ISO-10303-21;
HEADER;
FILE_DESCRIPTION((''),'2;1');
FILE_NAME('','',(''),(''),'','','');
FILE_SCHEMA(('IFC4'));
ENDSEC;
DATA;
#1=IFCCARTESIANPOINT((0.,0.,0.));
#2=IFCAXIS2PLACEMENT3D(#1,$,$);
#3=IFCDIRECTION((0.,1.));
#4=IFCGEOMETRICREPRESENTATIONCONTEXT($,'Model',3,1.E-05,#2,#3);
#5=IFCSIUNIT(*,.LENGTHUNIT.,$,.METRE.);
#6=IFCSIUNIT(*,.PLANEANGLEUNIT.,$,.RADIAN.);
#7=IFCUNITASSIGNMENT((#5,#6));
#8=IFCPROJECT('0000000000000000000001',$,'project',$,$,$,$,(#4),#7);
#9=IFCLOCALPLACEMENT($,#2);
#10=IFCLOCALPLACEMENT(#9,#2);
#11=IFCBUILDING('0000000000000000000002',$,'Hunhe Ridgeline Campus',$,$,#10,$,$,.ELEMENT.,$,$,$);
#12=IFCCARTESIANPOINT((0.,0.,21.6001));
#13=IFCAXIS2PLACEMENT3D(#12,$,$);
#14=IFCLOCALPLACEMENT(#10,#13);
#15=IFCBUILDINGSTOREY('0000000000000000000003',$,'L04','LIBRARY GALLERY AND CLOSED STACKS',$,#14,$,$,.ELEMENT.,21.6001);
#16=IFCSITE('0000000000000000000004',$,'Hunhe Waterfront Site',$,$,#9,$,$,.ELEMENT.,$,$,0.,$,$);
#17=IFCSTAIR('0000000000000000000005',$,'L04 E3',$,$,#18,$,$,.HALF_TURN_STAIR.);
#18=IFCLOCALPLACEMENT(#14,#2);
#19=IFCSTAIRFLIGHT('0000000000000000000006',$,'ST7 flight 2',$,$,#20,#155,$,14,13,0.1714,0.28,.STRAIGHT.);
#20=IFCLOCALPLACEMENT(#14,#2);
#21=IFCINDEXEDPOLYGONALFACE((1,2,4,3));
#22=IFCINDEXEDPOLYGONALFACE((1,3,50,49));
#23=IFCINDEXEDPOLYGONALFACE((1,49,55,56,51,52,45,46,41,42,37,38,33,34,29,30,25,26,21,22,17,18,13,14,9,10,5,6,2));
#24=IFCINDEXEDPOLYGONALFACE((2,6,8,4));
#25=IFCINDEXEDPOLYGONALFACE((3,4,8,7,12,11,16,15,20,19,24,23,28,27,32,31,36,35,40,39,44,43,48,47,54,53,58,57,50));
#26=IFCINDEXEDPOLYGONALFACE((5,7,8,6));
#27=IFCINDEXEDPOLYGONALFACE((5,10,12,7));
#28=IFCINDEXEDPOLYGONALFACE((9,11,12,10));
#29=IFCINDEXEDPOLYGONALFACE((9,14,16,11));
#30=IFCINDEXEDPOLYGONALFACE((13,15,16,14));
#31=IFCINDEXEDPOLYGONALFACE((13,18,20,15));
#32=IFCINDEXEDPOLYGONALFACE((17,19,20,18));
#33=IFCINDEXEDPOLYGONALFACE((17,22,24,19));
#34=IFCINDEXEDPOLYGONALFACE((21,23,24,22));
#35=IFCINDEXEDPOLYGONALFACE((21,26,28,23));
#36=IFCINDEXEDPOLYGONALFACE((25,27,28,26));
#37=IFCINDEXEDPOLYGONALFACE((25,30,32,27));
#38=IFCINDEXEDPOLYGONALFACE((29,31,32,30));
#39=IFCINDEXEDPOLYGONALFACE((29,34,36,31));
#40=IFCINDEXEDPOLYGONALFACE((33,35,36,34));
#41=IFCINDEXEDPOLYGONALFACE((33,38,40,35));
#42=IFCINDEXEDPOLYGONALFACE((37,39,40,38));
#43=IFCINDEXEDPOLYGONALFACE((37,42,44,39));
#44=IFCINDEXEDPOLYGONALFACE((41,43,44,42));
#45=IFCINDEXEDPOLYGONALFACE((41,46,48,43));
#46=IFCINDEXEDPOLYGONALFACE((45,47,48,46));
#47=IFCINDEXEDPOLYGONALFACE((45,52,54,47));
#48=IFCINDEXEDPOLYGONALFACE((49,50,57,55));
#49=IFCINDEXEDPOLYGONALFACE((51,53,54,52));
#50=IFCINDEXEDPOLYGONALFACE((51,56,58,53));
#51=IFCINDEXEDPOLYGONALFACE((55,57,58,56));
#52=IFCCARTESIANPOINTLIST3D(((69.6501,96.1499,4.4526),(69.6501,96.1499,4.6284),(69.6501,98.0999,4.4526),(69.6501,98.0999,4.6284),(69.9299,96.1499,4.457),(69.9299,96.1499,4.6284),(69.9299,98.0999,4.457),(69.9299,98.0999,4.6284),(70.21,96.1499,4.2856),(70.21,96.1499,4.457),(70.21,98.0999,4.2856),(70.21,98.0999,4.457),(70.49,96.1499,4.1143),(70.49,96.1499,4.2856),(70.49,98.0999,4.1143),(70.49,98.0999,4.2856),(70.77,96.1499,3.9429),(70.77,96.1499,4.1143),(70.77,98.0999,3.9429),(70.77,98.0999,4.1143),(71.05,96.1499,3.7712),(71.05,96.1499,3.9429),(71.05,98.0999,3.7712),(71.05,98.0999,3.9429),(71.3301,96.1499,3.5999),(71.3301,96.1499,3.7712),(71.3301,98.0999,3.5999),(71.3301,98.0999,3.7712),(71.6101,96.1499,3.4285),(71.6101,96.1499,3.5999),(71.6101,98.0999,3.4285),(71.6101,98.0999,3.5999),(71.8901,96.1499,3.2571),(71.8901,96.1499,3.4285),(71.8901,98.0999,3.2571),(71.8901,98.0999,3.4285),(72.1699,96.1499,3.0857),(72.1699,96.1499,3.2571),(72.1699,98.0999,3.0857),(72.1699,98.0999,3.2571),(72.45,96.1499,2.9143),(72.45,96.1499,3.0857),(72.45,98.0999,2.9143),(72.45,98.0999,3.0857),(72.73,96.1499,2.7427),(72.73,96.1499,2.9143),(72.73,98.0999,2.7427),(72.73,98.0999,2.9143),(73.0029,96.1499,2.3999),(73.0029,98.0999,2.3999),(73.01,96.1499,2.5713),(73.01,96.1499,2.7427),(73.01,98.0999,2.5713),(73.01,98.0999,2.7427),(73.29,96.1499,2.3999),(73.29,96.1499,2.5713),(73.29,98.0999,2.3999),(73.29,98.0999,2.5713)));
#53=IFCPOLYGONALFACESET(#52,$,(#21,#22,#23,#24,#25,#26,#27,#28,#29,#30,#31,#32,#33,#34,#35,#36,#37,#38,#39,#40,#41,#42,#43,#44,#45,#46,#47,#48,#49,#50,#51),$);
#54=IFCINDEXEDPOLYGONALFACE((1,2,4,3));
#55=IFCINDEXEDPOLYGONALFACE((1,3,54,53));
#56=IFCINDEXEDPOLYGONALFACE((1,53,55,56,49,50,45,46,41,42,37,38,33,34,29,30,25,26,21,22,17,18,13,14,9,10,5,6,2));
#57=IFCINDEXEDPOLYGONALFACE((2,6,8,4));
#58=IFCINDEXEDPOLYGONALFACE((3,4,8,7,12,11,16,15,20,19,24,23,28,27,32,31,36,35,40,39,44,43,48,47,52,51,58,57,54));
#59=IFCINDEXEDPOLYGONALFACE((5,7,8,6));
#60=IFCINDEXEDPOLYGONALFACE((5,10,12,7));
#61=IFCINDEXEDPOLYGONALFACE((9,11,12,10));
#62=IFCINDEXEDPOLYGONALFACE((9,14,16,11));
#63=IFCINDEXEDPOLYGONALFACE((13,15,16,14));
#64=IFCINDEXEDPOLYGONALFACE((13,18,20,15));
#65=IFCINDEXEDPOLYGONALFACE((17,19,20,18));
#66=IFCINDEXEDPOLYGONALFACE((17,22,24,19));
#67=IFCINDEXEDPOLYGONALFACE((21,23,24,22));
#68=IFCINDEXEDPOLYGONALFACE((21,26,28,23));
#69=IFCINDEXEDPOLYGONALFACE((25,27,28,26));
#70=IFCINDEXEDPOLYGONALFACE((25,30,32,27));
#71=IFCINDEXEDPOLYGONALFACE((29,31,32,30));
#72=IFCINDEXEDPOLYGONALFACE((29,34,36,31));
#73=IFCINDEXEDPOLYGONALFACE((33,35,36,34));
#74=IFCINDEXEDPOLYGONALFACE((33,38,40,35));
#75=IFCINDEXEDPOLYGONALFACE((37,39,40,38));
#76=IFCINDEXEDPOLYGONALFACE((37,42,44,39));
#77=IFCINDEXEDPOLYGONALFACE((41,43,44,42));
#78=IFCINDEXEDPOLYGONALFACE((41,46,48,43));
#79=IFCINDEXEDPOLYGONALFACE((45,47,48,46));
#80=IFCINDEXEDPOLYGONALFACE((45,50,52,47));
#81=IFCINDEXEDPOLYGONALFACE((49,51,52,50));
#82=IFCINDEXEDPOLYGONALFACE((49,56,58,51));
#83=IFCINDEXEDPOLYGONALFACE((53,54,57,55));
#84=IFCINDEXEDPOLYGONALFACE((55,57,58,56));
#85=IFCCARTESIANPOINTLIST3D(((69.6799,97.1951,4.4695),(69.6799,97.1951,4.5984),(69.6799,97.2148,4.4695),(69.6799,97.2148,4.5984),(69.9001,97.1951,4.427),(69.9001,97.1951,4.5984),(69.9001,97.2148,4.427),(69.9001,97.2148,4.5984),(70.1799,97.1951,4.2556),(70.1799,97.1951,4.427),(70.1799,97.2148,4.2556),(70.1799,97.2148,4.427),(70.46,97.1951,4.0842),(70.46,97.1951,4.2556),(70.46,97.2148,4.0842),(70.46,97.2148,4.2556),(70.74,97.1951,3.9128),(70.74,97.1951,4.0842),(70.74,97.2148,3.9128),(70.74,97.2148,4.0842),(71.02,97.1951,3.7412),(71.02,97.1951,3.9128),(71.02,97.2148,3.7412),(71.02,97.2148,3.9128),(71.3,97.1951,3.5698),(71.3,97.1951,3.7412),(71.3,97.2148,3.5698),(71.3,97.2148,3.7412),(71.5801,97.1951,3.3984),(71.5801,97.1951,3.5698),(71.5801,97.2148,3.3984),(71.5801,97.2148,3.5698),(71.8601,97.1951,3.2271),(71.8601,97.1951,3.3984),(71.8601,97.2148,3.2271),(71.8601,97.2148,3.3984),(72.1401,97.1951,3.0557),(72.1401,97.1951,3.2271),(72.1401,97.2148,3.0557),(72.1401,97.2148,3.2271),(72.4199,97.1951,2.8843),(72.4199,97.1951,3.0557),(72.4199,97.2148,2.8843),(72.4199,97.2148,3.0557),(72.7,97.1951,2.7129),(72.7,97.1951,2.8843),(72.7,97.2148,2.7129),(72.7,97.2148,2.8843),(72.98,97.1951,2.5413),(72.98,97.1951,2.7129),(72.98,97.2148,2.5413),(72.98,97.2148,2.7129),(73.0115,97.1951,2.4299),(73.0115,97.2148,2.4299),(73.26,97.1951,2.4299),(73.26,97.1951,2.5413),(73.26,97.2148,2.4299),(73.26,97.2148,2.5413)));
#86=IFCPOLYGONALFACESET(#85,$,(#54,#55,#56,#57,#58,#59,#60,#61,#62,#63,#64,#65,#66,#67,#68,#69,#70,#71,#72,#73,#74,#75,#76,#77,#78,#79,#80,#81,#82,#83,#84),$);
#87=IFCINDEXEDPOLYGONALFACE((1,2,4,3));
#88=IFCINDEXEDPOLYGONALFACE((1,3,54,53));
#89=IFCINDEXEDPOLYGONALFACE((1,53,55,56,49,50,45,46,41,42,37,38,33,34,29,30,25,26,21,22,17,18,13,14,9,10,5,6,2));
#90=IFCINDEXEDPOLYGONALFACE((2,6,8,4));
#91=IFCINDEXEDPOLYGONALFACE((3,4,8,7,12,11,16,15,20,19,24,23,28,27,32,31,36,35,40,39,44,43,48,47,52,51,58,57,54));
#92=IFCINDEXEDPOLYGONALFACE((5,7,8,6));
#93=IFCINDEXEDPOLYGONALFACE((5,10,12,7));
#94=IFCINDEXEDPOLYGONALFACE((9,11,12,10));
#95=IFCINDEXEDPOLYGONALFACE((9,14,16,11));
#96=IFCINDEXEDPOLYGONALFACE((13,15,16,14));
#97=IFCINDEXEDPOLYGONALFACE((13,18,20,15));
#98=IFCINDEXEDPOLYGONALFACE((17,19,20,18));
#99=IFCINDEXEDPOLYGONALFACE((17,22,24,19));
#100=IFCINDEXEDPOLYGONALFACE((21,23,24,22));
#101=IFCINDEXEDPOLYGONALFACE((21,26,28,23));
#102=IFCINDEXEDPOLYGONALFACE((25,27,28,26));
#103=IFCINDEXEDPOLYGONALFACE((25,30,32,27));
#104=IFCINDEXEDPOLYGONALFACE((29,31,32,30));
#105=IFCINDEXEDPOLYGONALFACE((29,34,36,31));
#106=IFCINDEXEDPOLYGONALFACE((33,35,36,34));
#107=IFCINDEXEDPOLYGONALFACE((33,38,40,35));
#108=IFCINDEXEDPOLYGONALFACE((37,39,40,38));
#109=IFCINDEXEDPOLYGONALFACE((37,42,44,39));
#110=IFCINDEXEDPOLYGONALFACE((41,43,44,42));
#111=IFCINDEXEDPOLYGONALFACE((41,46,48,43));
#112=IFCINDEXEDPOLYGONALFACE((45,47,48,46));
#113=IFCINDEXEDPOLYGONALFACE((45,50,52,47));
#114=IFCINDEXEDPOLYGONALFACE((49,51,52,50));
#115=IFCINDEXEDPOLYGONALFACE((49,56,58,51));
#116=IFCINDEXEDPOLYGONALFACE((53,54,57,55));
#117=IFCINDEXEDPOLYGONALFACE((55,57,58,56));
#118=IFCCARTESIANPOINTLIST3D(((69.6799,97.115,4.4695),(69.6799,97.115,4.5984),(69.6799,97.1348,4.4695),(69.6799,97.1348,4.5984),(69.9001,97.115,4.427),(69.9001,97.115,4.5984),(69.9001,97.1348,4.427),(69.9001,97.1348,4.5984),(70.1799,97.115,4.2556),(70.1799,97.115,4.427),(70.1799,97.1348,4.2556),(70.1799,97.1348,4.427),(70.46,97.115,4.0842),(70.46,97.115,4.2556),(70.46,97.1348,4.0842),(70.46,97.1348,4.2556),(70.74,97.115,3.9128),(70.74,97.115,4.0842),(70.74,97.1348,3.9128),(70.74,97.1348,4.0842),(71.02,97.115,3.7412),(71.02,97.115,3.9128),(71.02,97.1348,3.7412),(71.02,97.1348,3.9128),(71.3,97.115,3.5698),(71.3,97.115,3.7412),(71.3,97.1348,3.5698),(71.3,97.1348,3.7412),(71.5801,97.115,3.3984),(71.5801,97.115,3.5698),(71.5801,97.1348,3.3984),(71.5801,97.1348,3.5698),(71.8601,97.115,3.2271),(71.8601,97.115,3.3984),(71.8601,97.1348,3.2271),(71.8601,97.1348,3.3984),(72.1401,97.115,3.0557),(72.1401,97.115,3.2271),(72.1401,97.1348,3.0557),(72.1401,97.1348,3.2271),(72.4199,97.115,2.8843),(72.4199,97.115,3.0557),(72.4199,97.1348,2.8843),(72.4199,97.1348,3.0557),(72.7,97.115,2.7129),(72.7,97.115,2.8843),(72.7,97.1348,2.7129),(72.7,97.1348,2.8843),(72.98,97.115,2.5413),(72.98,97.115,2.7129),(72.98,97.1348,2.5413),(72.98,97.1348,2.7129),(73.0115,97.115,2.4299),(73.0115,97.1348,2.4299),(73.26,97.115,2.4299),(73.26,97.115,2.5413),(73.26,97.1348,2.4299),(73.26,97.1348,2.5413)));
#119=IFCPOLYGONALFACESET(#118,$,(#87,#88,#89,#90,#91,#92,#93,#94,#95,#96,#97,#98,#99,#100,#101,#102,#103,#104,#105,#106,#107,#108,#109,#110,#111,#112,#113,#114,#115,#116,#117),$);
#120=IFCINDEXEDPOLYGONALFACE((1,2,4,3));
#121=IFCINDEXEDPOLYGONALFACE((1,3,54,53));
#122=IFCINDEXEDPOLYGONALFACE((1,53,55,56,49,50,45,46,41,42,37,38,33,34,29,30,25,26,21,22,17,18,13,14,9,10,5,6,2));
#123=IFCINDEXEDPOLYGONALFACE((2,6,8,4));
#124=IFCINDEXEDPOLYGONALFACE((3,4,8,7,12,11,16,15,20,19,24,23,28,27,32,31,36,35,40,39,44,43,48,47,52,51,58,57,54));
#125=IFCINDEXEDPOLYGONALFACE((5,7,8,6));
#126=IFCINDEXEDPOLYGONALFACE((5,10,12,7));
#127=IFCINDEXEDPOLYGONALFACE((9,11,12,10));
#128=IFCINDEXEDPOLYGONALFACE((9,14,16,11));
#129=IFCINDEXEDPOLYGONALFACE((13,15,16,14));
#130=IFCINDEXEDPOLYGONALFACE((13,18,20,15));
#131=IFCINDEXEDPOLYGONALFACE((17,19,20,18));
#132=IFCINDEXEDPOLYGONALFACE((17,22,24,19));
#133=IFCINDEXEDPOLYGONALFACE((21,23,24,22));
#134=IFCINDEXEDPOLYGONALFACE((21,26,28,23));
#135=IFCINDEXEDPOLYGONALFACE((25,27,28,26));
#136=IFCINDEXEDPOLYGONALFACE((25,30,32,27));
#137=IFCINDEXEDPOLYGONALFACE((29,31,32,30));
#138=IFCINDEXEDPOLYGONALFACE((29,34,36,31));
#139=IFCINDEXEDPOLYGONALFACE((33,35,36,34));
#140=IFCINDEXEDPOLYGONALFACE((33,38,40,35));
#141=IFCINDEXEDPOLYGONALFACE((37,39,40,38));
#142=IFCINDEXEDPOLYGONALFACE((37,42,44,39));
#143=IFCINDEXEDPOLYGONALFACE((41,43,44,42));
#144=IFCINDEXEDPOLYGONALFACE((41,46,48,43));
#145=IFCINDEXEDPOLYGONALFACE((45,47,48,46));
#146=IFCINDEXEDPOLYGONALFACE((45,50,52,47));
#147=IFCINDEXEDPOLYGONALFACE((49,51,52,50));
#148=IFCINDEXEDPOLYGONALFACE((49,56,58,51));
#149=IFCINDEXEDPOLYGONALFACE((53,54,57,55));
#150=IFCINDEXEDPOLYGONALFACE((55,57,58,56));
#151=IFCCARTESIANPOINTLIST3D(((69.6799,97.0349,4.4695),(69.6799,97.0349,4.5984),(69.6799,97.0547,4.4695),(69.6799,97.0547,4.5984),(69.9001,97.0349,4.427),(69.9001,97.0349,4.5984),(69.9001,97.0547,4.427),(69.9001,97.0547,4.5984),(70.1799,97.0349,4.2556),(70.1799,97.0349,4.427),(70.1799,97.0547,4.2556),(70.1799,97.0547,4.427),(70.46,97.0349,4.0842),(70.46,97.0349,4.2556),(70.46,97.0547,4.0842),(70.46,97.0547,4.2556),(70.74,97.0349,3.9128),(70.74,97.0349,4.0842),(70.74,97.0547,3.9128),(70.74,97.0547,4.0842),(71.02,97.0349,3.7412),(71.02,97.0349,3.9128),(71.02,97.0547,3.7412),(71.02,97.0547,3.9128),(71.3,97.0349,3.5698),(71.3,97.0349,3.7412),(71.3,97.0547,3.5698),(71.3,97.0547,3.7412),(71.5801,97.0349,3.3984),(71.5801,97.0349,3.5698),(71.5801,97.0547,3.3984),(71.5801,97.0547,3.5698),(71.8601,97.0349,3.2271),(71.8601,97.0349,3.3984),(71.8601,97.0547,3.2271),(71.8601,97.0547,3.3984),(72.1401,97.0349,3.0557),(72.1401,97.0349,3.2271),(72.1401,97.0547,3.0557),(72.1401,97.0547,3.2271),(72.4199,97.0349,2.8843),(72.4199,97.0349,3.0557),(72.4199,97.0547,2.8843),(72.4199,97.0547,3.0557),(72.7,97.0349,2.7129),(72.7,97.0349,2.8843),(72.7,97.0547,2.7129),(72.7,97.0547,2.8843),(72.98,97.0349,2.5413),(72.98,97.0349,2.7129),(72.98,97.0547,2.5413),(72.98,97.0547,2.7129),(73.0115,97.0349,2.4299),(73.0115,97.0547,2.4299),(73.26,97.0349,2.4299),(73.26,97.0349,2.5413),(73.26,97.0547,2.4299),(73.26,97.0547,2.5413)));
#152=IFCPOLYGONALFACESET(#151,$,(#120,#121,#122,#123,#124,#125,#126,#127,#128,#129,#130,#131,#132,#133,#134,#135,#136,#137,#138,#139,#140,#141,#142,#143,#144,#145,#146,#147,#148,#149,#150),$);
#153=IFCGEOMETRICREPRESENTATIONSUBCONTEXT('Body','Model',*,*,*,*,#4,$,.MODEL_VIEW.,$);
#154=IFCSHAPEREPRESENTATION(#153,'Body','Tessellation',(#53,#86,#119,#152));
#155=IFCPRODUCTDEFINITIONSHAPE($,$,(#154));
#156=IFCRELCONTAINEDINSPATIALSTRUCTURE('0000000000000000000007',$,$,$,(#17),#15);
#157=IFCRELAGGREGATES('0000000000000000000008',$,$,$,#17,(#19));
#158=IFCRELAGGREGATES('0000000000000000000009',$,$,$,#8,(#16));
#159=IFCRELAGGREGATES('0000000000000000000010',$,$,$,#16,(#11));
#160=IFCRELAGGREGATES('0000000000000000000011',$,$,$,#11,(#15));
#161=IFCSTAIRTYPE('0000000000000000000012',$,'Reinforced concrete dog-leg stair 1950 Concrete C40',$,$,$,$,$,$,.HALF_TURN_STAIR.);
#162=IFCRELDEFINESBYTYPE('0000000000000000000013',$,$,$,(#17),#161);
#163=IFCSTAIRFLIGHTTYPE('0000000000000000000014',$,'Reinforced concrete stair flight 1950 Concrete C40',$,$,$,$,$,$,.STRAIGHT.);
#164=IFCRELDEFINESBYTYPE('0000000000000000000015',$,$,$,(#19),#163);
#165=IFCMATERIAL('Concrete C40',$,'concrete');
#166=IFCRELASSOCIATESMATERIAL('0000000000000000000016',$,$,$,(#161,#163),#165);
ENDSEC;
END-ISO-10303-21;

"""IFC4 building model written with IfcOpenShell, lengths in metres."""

from ifc_helpers import new_model, si_unit, direction, frame, origin, place, context, subcontext, project, spatial, polyline, outline, extrude, material, type_object, element, aggregate, save


model = new_model("IFC4")

# Units and contexts
model_context = context("Model", 3, precision=1e-05, world=origin(), true_north=direction((0.0, 1.0)))
body_context = subcontext(model_context, "Body", "Model", "MODEL_VIEW")
ifc_project = project(units=[si_unit("LENGTHUNIT", "METRE"), si_unit("PLANEANGLEUNIT", "RADIAN")], contexts=[model_context])

# Site, building, storey
site_placement = place(None, origin())
site = spatial("IfcSite", under=ifc_project, at=site_placement, Name="Hunhe Waterfront Site", CompositionType="ELEMENT", RefElevation=0.0)
building_placement = place(site_placement, origin())
building = spatial("IfcBuilding", under=site, at=building_placement, Name="Hunhe Ridgeline Campus", CompositionType="ELEMENT")
storey_placement = place(building_placement, frame((0.0, 0.0, 21.6001)))
storey = spatial("IfcBuildingStorey", under=building, at=storey_placement, Name="L04", Description="LIBRARY GALLERY AND CLOSED STACKS", CompositionType="ELEMENT", Elevation=21.6001)

# Shared definitions
ifc_material_1 = material(Name="Concrete C40", Category="concrete")
stair_type = type_object("IfcStairType", Name="Reinforced concrete dog-leg stair 1950 Concrete C40", PredefinedType="HALF_TURN_STAIR", material=ifc_material_1)
stair_flight_type = type_object("IfcStairFlightType", Name="Reinforced concrete stair flight 1950 Concrete C40", PredefinedType="STRAIGHT", material=ifc_material_1)

# Stair, stair flight
stair_1_placement = place(storey_placement, origin())
stair_1 = element("IfcStair", 1, at=stair_1_placement, inside=storey, type_object=stair_type, Name="L04 E3", PredefinedType="HALF_TURN_STAIR")
stair_flight_1_placement = place(storey_placement, frame((73.29, 97.125, 2.3999), z_axis=(0.0, 0.0, 1.0), x_axis=(-1.0, 0.0, 0.0)))
stair_flight_1 = element("IfcStairFlight", 2, at=stair_flight_1_placement, type_object=stair_flight_type, Name="ST7 flight 2", NumberOfRisers=14, NumberOfTreads=13, PredefinedType="STRAIGHT", RiserHeight=0.1714, TreadLength=0.28, context=body_context, shape_type="SweptSolid", body=[
    extrude(outline(polyline([(0.0, 0.0), (0.0, 0.1714), (0.28, 0.1714), (0.28, 0.3428), (0.5601, 0.3428), (0.5601, 0.5144), (0.8401, 0.5144), (0.8401, 0.6858), (1.1201, 0.6858), (1.1201, 0.8572), (1.3999, 0.8572), (1.3999, 1.0286), (1.6799, 1.0286), (1.6799, 1.2), (1.96, 1.2), (1.96, 1.3713), (2.24, 1.3713), (2.24, 1.543), (2.52, 1.543), (2.52, 1.7144), (2.8, 1.7144), (2.8, 1.8857), (3.0801, 1.8857), (3.0801, 2.0571), (3.3601, 2.0571), (3.3601, 2.2285), (3.6399, 2.2285), (3.6399, 2.3999), (3.6399, 2.0527), (0.2871, 0.0), (0.0, 0.0)])), frame((0.0, 0.9751, 0.0), z_axis=(0.0, -1.0, 0.0), x_axis=(1.0, 0.0, 0.0)), (0.0, 0.0, 1.0), 1.95),
    extrude(outline(polyline([(0.03, 0.03), (0.03, 0.1414), (0.3101, 0.1414), (0.3101, 0.313), (0.5901, 0.313), (0.5901, 0.4844), (0.8701, 0.4844), (0.8701, 0.6558), (1.1499, 0.6558), (1.1499, 0.8271), (1.4299, 0.8271), (1.4299, 0.9985), (1.71, 0.9985), (1.71, 1.1699), (1.99, 1.1699), (1.99, 1.3413), (2.27, 1.3413), (2.27, 1.5129), (2.55, 1.5129), (2.55, 1.6843), (2.8301, 1.6843), (2.8301, 1.8557), (3.1101, 1.8557), (3.1101, 2.0271), (3.3899, 2.0271), (3.3899, 2.1985), (3.6101, 2.1985), (3.6101, 2.0696), (0.2786, 0.03), (0.03, 0.03)])), frame((0.0, -0.0701, 0.0), z_axis=(0.0, -1.0, 0.0), x_axis=(1.0, 0.0, 0.0)), (0.0, 0.0, 1.0), 0.0198),
    extrude(outline(polyline([(0.03, 0.03), (0.03, 0.1414), (0.3101, 0.1414), (0.3101, 0.313), (0.5901, 0.313), (0.5901, 0.4844), (0.8701, 0.4844), (0.8701, 0.6558), (1.1499, 0.6558), (1.1499, 0.8271), (1.4299, 0.8271), (1.4299, 0.9985), (1.71, 0.9985), (1.71, 1.1699), (1.99, 1.1699), (1.99, 1.3413), (2.27, 1.3413), (2.27, 1.5129), (2.55, 1.5129), (2.55, 1.6843), (2.8301, 1.6843), (2.8301, 1.8557), (3.1101, 1.8557), (3.1101, 2.0271), (3.3899, 2.0271), (3.3899, 2.1985), (3.6101, 2.1985), (3.6101, 2.0696), (0.2786, 0.03), (0.03, 0.03)])), frame((0.0, 0.01, 0.0), z_axis=(0.0, -1.0, 0.0), x_axis=(1.0, 0.0, 0.0)), (0.0, 0.0, 1.0), 0.0198),
    extrude(outline(polyline([(0.03, 0.03), (0.03, 0.1414), (0.3101, 0.1414), (0.3101, 0.313), (0.5901, 0.313), (0.5901, 0.4844), (0.8701, 0.4844), (0.8701, 0.6558), (1.1499, 0.6558), (1.1499, 0.8271), (1.4299, 0.8271), (1.4299, 0.9985), (1.71, 0.9985), (1.71, 1.1699), (1.99, 1.1699), (1.99, 1.3413), (2.27, 1.3413), (2.27, 1.5129), (2.55, 1.5129), (2.55, 1.6843), (2.8301, 1.6843), (2.8301, 1.8557), (3.1101, 1.8557), (3.1101, 2.0271), (3.3899, 2.0271), (3.3899, 2.1985), (3.6101, 2.1985), (3.6101, 2.0696), (0.2786, 0.03), (0.03, 0.03)])), frame((0.0, 0.0901, 0.0), z_axis=(0.0, -1.0, 0.0), x_axis=(1.0, 0.0, 0.0)), (0.0, 0.0, 1.0), 0.0198),
])
aggregate(stair_1, [stair_flight_1])

save(model, "model.ifc")
